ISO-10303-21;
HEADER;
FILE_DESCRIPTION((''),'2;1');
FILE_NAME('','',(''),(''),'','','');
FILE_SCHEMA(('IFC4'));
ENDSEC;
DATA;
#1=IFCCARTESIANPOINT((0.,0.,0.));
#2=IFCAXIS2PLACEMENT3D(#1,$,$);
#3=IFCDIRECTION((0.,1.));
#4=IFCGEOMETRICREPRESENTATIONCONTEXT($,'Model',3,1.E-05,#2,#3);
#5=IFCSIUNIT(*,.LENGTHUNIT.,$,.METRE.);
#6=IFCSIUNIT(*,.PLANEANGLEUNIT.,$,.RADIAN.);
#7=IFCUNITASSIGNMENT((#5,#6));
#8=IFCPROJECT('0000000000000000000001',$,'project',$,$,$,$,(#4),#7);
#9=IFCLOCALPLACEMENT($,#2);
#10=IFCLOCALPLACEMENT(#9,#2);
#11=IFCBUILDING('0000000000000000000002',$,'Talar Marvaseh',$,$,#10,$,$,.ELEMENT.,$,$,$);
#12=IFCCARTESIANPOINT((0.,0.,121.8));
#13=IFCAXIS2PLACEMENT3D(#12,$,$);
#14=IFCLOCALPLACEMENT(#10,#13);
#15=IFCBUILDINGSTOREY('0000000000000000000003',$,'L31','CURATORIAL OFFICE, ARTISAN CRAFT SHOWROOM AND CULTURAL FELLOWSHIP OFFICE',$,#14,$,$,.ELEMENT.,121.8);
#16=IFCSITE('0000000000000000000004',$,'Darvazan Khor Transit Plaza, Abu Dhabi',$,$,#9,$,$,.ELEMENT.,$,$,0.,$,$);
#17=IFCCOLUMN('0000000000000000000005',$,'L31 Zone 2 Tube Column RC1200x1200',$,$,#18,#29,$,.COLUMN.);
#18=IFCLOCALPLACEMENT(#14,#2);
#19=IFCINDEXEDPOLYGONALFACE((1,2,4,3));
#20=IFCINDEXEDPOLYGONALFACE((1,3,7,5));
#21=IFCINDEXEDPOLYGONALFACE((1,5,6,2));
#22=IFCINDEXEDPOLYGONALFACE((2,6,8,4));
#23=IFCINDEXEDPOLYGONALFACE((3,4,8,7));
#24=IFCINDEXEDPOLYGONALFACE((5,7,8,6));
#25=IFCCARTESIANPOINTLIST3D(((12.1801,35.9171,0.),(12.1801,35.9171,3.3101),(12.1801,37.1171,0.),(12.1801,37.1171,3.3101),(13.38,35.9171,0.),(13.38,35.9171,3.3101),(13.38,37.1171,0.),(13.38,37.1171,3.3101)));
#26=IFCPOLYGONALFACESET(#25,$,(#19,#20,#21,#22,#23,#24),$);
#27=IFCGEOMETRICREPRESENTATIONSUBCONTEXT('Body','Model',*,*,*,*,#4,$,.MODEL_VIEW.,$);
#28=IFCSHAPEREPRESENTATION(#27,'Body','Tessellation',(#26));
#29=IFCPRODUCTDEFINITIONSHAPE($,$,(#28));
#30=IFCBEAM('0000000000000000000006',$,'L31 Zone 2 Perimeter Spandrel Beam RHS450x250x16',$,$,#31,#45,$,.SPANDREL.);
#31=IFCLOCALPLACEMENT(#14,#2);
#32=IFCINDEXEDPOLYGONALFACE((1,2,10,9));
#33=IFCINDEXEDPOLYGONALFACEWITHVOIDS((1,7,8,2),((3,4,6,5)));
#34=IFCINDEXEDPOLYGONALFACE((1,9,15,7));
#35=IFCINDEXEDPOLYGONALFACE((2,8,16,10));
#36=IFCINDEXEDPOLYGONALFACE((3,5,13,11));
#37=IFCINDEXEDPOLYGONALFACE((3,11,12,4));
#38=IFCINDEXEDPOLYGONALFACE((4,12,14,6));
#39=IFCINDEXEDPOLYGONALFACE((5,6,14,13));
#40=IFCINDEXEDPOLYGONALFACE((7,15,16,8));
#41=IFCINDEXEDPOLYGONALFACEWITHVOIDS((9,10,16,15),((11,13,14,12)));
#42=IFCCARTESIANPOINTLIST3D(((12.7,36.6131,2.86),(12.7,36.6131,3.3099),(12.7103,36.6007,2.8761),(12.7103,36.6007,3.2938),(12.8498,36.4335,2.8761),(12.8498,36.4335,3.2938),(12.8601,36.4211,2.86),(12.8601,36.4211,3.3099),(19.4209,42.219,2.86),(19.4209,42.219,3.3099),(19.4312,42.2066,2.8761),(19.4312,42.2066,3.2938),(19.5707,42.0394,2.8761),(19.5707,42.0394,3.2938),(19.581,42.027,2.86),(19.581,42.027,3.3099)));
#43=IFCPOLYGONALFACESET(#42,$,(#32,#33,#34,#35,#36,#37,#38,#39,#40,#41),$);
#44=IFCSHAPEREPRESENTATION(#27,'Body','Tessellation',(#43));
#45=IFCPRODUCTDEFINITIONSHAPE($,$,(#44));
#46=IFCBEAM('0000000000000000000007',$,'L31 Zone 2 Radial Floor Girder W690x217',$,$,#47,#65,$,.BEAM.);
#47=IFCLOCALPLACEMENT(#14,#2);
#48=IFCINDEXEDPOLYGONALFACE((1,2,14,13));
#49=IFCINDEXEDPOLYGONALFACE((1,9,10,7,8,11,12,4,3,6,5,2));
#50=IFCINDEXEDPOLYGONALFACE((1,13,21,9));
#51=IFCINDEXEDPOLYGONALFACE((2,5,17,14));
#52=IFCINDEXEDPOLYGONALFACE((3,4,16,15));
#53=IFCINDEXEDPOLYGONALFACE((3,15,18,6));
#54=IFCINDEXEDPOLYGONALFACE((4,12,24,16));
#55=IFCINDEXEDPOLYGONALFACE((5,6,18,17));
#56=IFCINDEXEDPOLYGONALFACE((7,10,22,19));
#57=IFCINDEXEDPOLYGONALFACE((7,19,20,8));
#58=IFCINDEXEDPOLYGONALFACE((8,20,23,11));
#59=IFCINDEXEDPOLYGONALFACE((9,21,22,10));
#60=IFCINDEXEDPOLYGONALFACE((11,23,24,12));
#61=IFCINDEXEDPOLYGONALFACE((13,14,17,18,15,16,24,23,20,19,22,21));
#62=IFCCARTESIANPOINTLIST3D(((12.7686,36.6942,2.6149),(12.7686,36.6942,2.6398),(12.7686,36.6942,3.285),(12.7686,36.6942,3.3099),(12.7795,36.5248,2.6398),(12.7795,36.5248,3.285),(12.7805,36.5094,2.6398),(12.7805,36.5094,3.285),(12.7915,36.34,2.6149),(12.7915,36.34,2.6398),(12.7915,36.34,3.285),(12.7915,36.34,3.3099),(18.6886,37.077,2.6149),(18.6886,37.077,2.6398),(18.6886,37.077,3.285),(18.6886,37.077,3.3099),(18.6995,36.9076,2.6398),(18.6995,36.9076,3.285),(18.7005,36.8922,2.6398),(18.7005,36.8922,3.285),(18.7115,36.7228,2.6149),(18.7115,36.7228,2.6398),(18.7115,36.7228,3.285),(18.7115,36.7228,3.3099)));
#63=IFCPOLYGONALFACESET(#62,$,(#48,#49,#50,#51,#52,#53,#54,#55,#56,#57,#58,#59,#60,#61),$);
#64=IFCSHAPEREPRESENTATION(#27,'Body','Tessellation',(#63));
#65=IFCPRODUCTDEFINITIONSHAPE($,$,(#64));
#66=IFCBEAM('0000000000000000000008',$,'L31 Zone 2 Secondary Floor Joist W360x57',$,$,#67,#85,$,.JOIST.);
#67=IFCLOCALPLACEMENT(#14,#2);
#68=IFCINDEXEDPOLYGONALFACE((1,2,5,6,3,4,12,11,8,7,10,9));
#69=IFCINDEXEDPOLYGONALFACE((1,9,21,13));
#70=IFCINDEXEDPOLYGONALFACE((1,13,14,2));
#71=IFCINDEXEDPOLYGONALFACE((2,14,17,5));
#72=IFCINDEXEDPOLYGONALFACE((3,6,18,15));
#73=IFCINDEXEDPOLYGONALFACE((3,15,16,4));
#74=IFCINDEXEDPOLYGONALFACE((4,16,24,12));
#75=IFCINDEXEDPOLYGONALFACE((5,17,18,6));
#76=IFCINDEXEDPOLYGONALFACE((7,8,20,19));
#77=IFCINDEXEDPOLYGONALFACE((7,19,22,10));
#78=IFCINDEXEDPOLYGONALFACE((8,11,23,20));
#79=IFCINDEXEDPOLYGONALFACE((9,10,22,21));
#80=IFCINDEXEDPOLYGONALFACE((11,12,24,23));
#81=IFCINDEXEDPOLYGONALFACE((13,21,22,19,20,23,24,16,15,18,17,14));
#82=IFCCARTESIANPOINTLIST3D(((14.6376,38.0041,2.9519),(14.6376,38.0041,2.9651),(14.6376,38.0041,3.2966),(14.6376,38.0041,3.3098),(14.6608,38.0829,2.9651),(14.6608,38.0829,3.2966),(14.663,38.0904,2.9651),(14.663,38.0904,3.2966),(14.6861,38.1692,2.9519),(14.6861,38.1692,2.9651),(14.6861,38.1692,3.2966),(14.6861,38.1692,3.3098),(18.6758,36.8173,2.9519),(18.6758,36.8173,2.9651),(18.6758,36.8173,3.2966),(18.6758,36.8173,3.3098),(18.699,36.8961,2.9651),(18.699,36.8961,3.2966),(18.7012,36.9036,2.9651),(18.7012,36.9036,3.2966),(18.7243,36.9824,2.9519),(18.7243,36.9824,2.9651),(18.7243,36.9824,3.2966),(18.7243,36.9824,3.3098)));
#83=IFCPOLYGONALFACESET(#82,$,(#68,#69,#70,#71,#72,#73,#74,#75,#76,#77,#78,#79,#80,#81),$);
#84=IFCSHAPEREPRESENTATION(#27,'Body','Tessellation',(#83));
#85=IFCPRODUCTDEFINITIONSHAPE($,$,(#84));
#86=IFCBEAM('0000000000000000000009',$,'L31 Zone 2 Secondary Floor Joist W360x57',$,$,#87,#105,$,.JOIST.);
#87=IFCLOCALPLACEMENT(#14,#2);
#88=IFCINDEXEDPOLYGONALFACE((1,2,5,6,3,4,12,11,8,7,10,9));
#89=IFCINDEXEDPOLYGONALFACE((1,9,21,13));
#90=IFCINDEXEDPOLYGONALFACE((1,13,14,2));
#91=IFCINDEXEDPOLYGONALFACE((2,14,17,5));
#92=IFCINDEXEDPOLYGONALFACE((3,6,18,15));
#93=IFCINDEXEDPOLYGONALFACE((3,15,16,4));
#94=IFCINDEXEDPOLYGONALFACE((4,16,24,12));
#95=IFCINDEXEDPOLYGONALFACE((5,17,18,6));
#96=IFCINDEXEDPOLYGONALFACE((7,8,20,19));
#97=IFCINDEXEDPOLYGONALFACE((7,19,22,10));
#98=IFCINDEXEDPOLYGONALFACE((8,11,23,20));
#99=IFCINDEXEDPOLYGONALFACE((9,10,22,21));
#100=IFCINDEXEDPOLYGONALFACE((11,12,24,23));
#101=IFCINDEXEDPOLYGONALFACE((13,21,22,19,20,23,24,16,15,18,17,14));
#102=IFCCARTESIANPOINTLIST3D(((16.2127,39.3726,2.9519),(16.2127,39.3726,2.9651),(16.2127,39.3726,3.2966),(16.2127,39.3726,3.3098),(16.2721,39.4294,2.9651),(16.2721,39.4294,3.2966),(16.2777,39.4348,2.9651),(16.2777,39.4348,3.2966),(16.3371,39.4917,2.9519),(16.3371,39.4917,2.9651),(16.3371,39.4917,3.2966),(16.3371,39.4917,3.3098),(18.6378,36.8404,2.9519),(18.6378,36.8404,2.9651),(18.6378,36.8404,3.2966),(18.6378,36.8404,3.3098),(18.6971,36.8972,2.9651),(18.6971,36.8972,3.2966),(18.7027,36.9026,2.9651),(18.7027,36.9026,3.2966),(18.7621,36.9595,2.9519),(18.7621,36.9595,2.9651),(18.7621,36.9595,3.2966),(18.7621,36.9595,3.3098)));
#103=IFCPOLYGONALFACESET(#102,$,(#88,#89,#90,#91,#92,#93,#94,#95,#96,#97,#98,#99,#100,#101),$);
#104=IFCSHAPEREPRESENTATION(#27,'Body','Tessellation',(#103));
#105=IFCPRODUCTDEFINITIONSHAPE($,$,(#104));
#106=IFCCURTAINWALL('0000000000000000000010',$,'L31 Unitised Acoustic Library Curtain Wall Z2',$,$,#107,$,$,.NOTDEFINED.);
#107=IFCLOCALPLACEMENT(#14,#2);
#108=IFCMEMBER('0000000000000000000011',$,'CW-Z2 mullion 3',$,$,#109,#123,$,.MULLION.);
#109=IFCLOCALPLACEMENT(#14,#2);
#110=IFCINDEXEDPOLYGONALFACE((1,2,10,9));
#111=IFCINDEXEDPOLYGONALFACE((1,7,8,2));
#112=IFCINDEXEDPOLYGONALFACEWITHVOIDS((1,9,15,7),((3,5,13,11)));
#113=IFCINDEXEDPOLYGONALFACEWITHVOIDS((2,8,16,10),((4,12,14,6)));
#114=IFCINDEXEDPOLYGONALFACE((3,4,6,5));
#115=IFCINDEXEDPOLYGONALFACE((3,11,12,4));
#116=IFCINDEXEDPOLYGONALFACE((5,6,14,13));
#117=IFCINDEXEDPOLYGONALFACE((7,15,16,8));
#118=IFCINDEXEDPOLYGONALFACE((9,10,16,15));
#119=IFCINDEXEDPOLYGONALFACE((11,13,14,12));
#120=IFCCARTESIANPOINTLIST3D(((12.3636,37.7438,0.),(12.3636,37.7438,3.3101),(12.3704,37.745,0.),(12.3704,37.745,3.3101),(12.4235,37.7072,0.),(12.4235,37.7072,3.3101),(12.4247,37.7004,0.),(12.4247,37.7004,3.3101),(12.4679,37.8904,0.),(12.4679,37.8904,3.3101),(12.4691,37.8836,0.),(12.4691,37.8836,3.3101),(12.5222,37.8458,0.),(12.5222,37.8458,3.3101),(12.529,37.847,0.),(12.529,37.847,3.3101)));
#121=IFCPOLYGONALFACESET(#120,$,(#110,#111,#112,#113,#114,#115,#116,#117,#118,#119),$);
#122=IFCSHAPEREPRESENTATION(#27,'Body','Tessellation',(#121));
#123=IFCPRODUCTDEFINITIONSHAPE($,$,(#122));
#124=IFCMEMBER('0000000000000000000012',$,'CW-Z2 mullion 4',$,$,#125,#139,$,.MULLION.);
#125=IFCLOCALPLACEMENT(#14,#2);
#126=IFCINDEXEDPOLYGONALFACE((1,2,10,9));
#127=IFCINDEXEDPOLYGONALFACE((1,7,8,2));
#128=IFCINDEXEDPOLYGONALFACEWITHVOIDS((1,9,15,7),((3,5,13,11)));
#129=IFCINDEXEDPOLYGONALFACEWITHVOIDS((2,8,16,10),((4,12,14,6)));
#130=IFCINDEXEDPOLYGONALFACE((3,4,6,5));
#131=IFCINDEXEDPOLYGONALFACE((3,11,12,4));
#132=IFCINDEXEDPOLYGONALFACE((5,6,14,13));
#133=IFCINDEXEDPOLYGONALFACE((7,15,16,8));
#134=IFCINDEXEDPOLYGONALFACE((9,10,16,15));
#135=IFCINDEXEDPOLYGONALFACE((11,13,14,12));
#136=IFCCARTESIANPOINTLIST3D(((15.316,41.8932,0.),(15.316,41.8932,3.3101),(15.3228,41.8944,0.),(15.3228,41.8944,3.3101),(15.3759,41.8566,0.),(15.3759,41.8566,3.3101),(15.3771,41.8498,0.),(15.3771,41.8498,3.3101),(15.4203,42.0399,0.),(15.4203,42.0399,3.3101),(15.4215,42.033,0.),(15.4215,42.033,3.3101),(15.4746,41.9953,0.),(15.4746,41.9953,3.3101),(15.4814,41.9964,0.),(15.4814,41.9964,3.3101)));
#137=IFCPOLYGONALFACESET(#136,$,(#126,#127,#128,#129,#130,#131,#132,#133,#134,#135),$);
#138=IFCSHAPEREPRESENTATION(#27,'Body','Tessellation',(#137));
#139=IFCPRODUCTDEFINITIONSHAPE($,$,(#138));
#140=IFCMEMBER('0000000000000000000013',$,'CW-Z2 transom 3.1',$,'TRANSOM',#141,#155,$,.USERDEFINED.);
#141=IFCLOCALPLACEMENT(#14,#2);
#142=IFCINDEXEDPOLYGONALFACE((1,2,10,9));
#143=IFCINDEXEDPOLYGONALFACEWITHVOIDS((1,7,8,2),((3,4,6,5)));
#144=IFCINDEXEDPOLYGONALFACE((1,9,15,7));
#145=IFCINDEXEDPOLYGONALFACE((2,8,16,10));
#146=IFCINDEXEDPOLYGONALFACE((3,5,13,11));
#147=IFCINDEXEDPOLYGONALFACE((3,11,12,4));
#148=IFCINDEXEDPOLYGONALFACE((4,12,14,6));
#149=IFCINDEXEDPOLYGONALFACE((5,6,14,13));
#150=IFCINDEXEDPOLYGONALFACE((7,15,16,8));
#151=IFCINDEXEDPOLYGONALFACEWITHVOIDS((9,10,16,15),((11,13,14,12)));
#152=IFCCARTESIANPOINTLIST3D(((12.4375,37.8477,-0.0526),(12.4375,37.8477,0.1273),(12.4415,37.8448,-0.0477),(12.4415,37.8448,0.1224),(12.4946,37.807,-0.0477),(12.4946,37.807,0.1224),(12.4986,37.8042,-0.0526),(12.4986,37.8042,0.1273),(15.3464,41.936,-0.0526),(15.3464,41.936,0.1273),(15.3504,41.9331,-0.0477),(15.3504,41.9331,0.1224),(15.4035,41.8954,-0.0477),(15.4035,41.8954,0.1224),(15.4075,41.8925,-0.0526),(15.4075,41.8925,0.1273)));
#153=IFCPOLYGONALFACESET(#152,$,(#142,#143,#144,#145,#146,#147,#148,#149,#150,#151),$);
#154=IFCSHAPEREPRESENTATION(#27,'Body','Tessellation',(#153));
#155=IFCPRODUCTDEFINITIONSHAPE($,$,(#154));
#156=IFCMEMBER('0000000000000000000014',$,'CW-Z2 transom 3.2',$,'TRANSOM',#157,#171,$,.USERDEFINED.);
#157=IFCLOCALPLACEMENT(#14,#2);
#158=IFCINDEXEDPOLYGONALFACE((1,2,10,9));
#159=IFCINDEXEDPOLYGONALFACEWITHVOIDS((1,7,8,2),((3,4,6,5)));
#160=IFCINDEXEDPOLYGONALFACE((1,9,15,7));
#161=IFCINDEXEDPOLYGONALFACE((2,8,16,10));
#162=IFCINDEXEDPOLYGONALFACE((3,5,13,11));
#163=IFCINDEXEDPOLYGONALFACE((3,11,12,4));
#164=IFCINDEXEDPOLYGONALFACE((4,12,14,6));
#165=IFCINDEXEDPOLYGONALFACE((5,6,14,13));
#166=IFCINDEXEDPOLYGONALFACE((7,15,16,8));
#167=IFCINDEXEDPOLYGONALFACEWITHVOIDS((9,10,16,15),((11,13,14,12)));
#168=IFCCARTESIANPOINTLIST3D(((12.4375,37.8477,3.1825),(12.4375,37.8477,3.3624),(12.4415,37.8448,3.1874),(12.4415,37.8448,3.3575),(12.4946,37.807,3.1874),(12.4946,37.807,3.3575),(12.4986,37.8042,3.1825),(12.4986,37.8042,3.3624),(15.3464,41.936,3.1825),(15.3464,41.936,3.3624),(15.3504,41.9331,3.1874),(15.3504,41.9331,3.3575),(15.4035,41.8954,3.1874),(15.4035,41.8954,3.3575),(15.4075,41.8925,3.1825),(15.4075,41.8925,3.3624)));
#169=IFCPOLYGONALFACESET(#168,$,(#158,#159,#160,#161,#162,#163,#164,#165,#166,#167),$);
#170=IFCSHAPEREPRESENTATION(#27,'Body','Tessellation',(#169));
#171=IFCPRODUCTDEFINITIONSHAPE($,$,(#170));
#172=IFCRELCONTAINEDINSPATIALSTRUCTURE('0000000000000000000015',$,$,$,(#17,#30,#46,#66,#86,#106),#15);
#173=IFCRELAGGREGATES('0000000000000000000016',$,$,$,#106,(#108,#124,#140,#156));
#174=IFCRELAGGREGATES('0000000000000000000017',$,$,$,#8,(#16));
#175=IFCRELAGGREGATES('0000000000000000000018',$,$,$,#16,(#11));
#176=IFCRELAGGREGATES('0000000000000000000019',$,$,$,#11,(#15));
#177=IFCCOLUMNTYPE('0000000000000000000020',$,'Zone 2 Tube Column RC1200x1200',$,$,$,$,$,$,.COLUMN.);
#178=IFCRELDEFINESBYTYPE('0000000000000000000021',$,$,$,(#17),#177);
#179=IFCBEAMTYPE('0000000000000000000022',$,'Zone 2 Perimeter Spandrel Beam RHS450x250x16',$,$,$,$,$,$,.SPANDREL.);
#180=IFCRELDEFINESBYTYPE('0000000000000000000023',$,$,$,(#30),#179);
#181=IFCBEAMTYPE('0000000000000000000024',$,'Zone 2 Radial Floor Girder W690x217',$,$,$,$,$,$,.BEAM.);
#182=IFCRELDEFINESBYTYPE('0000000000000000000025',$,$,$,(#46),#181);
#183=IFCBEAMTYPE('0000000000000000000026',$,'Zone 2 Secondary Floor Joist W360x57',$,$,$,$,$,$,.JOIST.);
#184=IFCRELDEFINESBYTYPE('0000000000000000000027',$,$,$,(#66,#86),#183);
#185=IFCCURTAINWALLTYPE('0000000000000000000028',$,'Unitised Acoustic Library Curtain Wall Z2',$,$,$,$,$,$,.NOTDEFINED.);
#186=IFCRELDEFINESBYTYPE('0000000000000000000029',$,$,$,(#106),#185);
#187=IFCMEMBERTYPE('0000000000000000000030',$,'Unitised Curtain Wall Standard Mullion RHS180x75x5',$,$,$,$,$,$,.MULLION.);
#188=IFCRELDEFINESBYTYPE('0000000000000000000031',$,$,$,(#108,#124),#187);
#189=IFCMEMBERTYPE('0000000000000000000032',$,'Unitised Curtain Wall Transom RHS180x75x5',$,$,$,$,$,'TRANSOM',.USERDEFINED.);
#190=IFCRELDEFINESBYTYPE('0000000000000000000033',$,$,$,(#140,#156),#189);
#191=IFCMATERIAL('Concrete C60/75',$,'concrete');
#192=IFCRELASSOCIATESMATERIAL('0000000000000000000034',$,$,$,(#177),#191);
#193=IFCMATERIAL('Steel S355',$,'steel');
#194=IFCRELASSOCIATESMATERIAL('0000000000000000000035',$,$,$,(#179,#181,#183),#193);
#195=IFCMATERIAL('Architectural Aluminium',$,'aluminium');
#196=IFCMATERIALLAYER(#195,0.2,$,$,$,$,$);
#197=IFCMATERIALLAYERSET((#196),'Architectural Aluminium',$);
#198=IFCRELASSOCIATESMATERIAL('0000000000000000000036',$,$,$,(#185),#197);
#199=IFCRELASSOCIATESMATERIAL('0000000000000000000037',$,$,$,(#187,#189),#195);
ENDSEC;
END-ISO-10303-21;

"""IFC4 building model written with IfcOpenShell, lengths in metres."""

from ifc_helpers import new_model, si_unit, direction, frame, origin, origin_2d, place, context, subcontext, project, spatial, rectangle, hollow_rectangle, i_section, extrude, source, transform, mapped, material, layer, layer_set, material_profile, profile_set, type_object, type_shapes, element, aggregate, save


model = new_model("IFC4")

# Units and contexts
model_context = context("Model", 3, precision=1e-05, world=origin(), true_north=direction((0.0, 1.0)))
body_context = subcontext(model_context, "Body", "Model", "MODEL_VIEW")
ifc_project = project(units=[si_unit("LENGTHUNIT", "METRE"), si_unit("PLANEANGLEUNIT", "RADIAN")], contexts=[model_context])

# Site, building, storey
site_placement = place(None, origin())
site = spatial("IfcSite", under=ifc_project, at=site_placement, Name="Darvazan Khor Transit Plaza, Abu Dhabi", CompositionType="ELEMENT", RefElevation=0.0)
building_placement = place(site_placement, origin())
building = spatial("IfcBuilding", under=site, at=building_placement, Name="Talar Marvaseh", CompositionType="ELEMENT")
storey_placement = place(building_placement, frame((0.0, 0.0, 121.8)))
storey = spatial("IfcBuildingStorey", under=building, at=storey_placement, Name="L31", Description="CURATORIAL OFFICE, ARTISAN CRAFT SHOWROOM AND CULTURAL FELLOWSHIP OFFICE", CompositionType="ELEMENT", Elevation=121.8)

# Column
ifc_material_1 = material(Name="Concrete C60/75", Category="concrete")
ifc_material_profile_1 = material_profile(ifc_material_1, rectangle(XDim=1.2, YDim=1.2, at=origin_2d()), Name="RC1200x1200")
ifc_profile_set_1 = profile_set([ifc_material_profile_1], Name="Concrete C60/75")
column_type = type_object("IfcColumnType", Name="Zone 2 Tube Column RC1200x1200", PredefinedType="COLUMN", material=ifc_profile_set_1)
column_placement = place(storey_placement, frame((12.78, 36.5171, 0.0), z_axis=(0.0, 0.0, 1.0), x_axis=(1.0, 0.0, 0.0)))
element("IfcColumn", 1, at=column_placement, inside=storey, type_object=column_type, Name="L31 Zone 2 Tube Column RC1200x1200", PredefinedType="COLUMN", context=body_context, shape_type="SweptSolid", body=[
    extrude(rectangle(XDim=1.2, YDim=1.2, at=origin_2d()), origin(), (0.0, 0.0, 1.0), 3.3101),
])

# Beams
ifc_material_2 = material(Name="Steel S355", Category="steel")
ifc_material_profile_2 = material_profile(ifc_material_2, hollow_rectangle(XDim=0.25, YDim=0.45, WallThickness=0.0161, at=origin_2d()), Name="RHS450x250x16")
ifc_profile_set_2 = profile_set([ifc_material_profile_2], Name="Steel S355")
beam_type_1 = type_object("IfcBeamType", Name="Zone 2 Perimeter Spandrel Beam RHS450x250x16", PredefinedType="SPANDREL", material=ifc_profile_set_2)
beam_1_placement = place(storey_placement, frame((12.78, 36.5171, 3.085), z_axis=(0.767931, 0.640533, 0.0), x_axis=(-0.640533, 0.767931, 0.0)))
element("IfcBeam", 2, at=beam_1_placement, inside=storey, type_object=beam_type_1, Name="L31 Zone 2 Perimeter Spandrel Beam RHS450x250x16", PredefinedType="SPANDREL", context=body_context, shape_type="SweptSolid", body=[
    extrude(hollow_rectangle(XDim=0.25, YDim=0.45, WallThickness=0.0161, at=origin_2d()), origin(), (0.0, 0.0, 1.0), 8.752),
])
ifc_material_profile_3 = material_profile(ifc_material_2, i_section(OverallWidth=0.355, OverallDepth=0.6951, WebThickness=0.0154, FlangeThickness=0.0249, at=origin_2d()), Name="W690x217")
ifc_profile_set_3 = profile_set([ifc_material_profile_3], Name="Steel S355")
beam_type_2 = type_object("IfcBeamType", Name="Zone 2 Radial Floor Girder W690x217", PredefinedType="BEAM", material=ifc_profile_set_3)
beam_2_placement = place(storey_placement, frame((12.78, 36.5171, 2.9624), z_axis=(0.997916, 0.06453, 0.0), x_axis=(-0.06453, 0.997916, 0.0)))
element("IfcBeam", 3, at=beam_2_placement, inside=storey, type_object=beam_type_2, Name="L31 Zone 2 Radial Floor Girder W690x217", PredefinedType="BEAM", context=body_context, shape_type="SweptSolid", body=[
    extrude(i_section(OverallWidth=0.355, OverallDepth=0.6951, WebThickness=0.0154, FlangeThickness=0.0249, at=origin_2d()), origin(), (0.0, 0.0, 1.0), 5.9324),
])
ifc_material_profile_4 = material_profile(ifc_material_2, i_section(OverallWidth=0.1721, OverallDepth=0.3579, WebThickness=0.0078, FlangeThickness=0.0132, at=origin_2d()), Name="W360x57")
ifc_profile_set_4 = profile_set([ifc_material_profile_4], Name="Steel S355")
beam_type_3 = type_object("IfcBeamType", Name="Zone 2 Secondary Floor Joist W360x57", PredefinedType="JOIST", material=ifc_profile_set_4)
beam_3_placement = place(storey_placement, frame((14.6619, 38.0867, 3.1309), z_axis=(0.959424, -0.281968, 0.0), x_axis=(0.281968, 0.959424, 0.0)))
element("IfcBeam", 4, at=beam_3_placement, inside=storey, type_object=beam_type_3, Name="L31 Zone 2 Secondary Floor Joist W360x57", PredefinedType="JOIST", context=body_context, shape_type="SweptSolid", body=[
    extrude(i_section(OverallWidth=0.1721, OverallDepth=0.3579, WebThickness=0.0078, FlangeThickness=0.0132, at=origin_2d()), origin(), (0.0, 0.0, 1.0), 4.209),
])
beam_4_placement = place(storey_placement, frame((16.2749, 39.4321, 3.1309), z_axis=(0.691657, -0.722226, 0.0), x_axis=(0.722226, 0.691657, 0.0)))
element("IfcBeam", 5, at=beam_4_placement, inside=storey, type_object=beam_type_3, Name="L31 Zone 2 Secondary Floor Joist W360x57", PredefinedType="JOIST", context=body_context, shape_type="SweptSolid", body=[
    extrude(i_section(OverallWidth=0.1721, OverallDepth=0.3579, WebThickness=0.0078, FlangeThickness=0.0132, at=origin_2d()), origin(), (0.0, 0.0, 1.0), 3.5061),
])

# Curtain wall, members
ifc_material_3 = material(Name="Architectural Aluminium", Category="aluminium")
ifc_layer_1 = layer(ifc_material_3, 0.2)
ifc_layer_set_1 = layer_set([ifc_layer_1], Name="Architectural Aluminium")
curtain_wall_type = type_object("IfcCurtainWallType", Name="Unitised Acoustic Library Curtain Wall Z2", PredefinedType="NOTDEFINED", material=ifc_layer_set_1)
curtain_wall_placement = place(storey_placement, origin())
curtain_wall = element("IfcCurtainWall", 6, at=curtain_wall_placement, inside=storey, type_object=curtain_wall_type, Name="L31 Unitised Acoustic Library Curtain Wall Z2", PredefinedType="NOTDEFINED")
ifc_material_profile_5 = material_profile(ifc_material_3, hollow_rectangle(XDim=0.075, YDim=0.1799, WallThickness=0.0049, at=origin_2d()), Name="RHS180x75x5")
ifc_profile_set_5 = profile_set([ifc_material_profile_5], Name="Architectural Aluminium")
member_type_1 = type_object("IfcMemberType", Name="Unitised Curtain Wall Standard Mullion RHS180x75x5", PredefinedType="MULLION", material=ifc_profile_set_5)
shared_shape_1 = source(origin(), body_context, "Body", "SweptSolid", [
    extrude(hollow_rectangle(XDim=0.075, YDim=0.1799, WallThickness=0.0049, at=origin_2d()), origin(), (0.0, 0.0, 1.0), 3.3101),
])
type_shapes(member_type_1, [shared_shape_1])
member_1_placement = place(storey_placement, frame((12.4463, 37.7954, 0.0), z_axis=(0.0, 0.0, 1.0), x_axis=(-0.814804, 0.579737, 0.0)))
member_1 = element("IfcMember", 7, at=member_1_placement, type_object=member_type_1, Name="CW-Z2 mullion 3", PredefinedType="MULLION", context=body_context, shape_type="MappedRepresentation", body=[
    mapped(shared_shape_1, transform((0.0, 0.0, 0.0), x_axis=(1.0, 0.0, 0.0), y_axis=(0.0, 1.0, 0.0), z_axis=(0.0, 0.0, 1.0), scale=1.0)),
])
member_2_placement = place(storey_placement, frame((15.3987, 41.9448, 0.0), z_axis=(0.0, 0.0, 1.0), x_axis=(-0.814804, 0.579737, 0.0)))
member_2 = element("IfcMember", 8, at=member_2_placement, type_object=member_type_1, Name="CW-Z2 mullion 4", PredefinedType="MULLION", context=body_context, shape_type="MappedRepresentation", body=[
    mapped(shared_shape_1, transform((0.0, 0.0, 0.0), x_axis=(1.0, 0.0, 0.0), y_axis=(0.0, 1.0, 0.0), z_axis=(0.0, 0.0, 1.0), scale=1.0)),
])
ifc_material_profile_6 = material_profile(ifc_material_3, hollow_rectangle(XDim=0.075, YDim=0.1799, WallThickness=0.0049, at=origin_2d()), Name="RHS180x75x5")
ifc_profile_set_6 = profile_set([ifc_material_profile_6], Name="Architectural Aluminium")
member_type_2 = type_object("IfcMemberType", Name="Unitised Curtain Wall Transom RHS180x75x5", ElementType="TRANSOM", PredefinedType="USERDEFINED", material=ifc_profile_set_6)
shared_shape_2 = source(origin(), body_context, "Body", "SweptSolid", [
    extrude(hollow_rectangle(XDim=0.075, YDim=0.1799, WallThickness=0.0049, at=origin_2d()), origin(), (0.0, 0.0, 1.0), 5.0176),
])
type_shapes(member_type_2, [shared_shape_2])
member_3_placement = place(storey_placement, frame((12.468, 37.8259, 0.0374), z_axis=(0.579741, 0.814801, 0.0), x_axis=(-0.814801, 0.579741, 0.0)))
member_3 = element("IfcMember", 9, at=member_3_placement, type_object=member_type_2, Name="CW-Z2 transom 3.1", ObjectType="TRANSOM", PredefinedType="USERDEFINED", context=body_context, shape_type="MappedRepresentation", body=[
    mapped(shared_shape_2, transform((0.0, 0.0, 0.0), x_axis=(1.0, 0.0, 0.0), y_axis=(0.0, 1.0, 0.0), z_axis=(0.0, 0.0, 1.0), scale=1.0)),
])
member_4_placement = place(storey_placement, frame((12.468, 37.8259, 3.2725), z_axis=(0.579741, 0.814801, 0.0), x_axis=(-0.814801, 0.579741, 0.0)))
member_4 = element("IfcMember", 10, at=member_4_placement, type_object=member_type_2, Name="CW-Z2 transom 3.2", ObjectType="TRANSOM", PredefinedType="USERDEFINED", context=body_context, shape_type="MappedRepresentation", body=[
    mapped(shared_shape_2, transform((0.0, 0.0, 0.0), x_axis=(1.0, 0.0, 0.0), y_axis=(0.0, 1.0, 0.0), z_axis=(0.0, 0.0, 1.0), scale=1.0)),
])
aggregate(curtain_wall, [member_1, member_2, member_3, member_4])

save(model, "model.ifc")
